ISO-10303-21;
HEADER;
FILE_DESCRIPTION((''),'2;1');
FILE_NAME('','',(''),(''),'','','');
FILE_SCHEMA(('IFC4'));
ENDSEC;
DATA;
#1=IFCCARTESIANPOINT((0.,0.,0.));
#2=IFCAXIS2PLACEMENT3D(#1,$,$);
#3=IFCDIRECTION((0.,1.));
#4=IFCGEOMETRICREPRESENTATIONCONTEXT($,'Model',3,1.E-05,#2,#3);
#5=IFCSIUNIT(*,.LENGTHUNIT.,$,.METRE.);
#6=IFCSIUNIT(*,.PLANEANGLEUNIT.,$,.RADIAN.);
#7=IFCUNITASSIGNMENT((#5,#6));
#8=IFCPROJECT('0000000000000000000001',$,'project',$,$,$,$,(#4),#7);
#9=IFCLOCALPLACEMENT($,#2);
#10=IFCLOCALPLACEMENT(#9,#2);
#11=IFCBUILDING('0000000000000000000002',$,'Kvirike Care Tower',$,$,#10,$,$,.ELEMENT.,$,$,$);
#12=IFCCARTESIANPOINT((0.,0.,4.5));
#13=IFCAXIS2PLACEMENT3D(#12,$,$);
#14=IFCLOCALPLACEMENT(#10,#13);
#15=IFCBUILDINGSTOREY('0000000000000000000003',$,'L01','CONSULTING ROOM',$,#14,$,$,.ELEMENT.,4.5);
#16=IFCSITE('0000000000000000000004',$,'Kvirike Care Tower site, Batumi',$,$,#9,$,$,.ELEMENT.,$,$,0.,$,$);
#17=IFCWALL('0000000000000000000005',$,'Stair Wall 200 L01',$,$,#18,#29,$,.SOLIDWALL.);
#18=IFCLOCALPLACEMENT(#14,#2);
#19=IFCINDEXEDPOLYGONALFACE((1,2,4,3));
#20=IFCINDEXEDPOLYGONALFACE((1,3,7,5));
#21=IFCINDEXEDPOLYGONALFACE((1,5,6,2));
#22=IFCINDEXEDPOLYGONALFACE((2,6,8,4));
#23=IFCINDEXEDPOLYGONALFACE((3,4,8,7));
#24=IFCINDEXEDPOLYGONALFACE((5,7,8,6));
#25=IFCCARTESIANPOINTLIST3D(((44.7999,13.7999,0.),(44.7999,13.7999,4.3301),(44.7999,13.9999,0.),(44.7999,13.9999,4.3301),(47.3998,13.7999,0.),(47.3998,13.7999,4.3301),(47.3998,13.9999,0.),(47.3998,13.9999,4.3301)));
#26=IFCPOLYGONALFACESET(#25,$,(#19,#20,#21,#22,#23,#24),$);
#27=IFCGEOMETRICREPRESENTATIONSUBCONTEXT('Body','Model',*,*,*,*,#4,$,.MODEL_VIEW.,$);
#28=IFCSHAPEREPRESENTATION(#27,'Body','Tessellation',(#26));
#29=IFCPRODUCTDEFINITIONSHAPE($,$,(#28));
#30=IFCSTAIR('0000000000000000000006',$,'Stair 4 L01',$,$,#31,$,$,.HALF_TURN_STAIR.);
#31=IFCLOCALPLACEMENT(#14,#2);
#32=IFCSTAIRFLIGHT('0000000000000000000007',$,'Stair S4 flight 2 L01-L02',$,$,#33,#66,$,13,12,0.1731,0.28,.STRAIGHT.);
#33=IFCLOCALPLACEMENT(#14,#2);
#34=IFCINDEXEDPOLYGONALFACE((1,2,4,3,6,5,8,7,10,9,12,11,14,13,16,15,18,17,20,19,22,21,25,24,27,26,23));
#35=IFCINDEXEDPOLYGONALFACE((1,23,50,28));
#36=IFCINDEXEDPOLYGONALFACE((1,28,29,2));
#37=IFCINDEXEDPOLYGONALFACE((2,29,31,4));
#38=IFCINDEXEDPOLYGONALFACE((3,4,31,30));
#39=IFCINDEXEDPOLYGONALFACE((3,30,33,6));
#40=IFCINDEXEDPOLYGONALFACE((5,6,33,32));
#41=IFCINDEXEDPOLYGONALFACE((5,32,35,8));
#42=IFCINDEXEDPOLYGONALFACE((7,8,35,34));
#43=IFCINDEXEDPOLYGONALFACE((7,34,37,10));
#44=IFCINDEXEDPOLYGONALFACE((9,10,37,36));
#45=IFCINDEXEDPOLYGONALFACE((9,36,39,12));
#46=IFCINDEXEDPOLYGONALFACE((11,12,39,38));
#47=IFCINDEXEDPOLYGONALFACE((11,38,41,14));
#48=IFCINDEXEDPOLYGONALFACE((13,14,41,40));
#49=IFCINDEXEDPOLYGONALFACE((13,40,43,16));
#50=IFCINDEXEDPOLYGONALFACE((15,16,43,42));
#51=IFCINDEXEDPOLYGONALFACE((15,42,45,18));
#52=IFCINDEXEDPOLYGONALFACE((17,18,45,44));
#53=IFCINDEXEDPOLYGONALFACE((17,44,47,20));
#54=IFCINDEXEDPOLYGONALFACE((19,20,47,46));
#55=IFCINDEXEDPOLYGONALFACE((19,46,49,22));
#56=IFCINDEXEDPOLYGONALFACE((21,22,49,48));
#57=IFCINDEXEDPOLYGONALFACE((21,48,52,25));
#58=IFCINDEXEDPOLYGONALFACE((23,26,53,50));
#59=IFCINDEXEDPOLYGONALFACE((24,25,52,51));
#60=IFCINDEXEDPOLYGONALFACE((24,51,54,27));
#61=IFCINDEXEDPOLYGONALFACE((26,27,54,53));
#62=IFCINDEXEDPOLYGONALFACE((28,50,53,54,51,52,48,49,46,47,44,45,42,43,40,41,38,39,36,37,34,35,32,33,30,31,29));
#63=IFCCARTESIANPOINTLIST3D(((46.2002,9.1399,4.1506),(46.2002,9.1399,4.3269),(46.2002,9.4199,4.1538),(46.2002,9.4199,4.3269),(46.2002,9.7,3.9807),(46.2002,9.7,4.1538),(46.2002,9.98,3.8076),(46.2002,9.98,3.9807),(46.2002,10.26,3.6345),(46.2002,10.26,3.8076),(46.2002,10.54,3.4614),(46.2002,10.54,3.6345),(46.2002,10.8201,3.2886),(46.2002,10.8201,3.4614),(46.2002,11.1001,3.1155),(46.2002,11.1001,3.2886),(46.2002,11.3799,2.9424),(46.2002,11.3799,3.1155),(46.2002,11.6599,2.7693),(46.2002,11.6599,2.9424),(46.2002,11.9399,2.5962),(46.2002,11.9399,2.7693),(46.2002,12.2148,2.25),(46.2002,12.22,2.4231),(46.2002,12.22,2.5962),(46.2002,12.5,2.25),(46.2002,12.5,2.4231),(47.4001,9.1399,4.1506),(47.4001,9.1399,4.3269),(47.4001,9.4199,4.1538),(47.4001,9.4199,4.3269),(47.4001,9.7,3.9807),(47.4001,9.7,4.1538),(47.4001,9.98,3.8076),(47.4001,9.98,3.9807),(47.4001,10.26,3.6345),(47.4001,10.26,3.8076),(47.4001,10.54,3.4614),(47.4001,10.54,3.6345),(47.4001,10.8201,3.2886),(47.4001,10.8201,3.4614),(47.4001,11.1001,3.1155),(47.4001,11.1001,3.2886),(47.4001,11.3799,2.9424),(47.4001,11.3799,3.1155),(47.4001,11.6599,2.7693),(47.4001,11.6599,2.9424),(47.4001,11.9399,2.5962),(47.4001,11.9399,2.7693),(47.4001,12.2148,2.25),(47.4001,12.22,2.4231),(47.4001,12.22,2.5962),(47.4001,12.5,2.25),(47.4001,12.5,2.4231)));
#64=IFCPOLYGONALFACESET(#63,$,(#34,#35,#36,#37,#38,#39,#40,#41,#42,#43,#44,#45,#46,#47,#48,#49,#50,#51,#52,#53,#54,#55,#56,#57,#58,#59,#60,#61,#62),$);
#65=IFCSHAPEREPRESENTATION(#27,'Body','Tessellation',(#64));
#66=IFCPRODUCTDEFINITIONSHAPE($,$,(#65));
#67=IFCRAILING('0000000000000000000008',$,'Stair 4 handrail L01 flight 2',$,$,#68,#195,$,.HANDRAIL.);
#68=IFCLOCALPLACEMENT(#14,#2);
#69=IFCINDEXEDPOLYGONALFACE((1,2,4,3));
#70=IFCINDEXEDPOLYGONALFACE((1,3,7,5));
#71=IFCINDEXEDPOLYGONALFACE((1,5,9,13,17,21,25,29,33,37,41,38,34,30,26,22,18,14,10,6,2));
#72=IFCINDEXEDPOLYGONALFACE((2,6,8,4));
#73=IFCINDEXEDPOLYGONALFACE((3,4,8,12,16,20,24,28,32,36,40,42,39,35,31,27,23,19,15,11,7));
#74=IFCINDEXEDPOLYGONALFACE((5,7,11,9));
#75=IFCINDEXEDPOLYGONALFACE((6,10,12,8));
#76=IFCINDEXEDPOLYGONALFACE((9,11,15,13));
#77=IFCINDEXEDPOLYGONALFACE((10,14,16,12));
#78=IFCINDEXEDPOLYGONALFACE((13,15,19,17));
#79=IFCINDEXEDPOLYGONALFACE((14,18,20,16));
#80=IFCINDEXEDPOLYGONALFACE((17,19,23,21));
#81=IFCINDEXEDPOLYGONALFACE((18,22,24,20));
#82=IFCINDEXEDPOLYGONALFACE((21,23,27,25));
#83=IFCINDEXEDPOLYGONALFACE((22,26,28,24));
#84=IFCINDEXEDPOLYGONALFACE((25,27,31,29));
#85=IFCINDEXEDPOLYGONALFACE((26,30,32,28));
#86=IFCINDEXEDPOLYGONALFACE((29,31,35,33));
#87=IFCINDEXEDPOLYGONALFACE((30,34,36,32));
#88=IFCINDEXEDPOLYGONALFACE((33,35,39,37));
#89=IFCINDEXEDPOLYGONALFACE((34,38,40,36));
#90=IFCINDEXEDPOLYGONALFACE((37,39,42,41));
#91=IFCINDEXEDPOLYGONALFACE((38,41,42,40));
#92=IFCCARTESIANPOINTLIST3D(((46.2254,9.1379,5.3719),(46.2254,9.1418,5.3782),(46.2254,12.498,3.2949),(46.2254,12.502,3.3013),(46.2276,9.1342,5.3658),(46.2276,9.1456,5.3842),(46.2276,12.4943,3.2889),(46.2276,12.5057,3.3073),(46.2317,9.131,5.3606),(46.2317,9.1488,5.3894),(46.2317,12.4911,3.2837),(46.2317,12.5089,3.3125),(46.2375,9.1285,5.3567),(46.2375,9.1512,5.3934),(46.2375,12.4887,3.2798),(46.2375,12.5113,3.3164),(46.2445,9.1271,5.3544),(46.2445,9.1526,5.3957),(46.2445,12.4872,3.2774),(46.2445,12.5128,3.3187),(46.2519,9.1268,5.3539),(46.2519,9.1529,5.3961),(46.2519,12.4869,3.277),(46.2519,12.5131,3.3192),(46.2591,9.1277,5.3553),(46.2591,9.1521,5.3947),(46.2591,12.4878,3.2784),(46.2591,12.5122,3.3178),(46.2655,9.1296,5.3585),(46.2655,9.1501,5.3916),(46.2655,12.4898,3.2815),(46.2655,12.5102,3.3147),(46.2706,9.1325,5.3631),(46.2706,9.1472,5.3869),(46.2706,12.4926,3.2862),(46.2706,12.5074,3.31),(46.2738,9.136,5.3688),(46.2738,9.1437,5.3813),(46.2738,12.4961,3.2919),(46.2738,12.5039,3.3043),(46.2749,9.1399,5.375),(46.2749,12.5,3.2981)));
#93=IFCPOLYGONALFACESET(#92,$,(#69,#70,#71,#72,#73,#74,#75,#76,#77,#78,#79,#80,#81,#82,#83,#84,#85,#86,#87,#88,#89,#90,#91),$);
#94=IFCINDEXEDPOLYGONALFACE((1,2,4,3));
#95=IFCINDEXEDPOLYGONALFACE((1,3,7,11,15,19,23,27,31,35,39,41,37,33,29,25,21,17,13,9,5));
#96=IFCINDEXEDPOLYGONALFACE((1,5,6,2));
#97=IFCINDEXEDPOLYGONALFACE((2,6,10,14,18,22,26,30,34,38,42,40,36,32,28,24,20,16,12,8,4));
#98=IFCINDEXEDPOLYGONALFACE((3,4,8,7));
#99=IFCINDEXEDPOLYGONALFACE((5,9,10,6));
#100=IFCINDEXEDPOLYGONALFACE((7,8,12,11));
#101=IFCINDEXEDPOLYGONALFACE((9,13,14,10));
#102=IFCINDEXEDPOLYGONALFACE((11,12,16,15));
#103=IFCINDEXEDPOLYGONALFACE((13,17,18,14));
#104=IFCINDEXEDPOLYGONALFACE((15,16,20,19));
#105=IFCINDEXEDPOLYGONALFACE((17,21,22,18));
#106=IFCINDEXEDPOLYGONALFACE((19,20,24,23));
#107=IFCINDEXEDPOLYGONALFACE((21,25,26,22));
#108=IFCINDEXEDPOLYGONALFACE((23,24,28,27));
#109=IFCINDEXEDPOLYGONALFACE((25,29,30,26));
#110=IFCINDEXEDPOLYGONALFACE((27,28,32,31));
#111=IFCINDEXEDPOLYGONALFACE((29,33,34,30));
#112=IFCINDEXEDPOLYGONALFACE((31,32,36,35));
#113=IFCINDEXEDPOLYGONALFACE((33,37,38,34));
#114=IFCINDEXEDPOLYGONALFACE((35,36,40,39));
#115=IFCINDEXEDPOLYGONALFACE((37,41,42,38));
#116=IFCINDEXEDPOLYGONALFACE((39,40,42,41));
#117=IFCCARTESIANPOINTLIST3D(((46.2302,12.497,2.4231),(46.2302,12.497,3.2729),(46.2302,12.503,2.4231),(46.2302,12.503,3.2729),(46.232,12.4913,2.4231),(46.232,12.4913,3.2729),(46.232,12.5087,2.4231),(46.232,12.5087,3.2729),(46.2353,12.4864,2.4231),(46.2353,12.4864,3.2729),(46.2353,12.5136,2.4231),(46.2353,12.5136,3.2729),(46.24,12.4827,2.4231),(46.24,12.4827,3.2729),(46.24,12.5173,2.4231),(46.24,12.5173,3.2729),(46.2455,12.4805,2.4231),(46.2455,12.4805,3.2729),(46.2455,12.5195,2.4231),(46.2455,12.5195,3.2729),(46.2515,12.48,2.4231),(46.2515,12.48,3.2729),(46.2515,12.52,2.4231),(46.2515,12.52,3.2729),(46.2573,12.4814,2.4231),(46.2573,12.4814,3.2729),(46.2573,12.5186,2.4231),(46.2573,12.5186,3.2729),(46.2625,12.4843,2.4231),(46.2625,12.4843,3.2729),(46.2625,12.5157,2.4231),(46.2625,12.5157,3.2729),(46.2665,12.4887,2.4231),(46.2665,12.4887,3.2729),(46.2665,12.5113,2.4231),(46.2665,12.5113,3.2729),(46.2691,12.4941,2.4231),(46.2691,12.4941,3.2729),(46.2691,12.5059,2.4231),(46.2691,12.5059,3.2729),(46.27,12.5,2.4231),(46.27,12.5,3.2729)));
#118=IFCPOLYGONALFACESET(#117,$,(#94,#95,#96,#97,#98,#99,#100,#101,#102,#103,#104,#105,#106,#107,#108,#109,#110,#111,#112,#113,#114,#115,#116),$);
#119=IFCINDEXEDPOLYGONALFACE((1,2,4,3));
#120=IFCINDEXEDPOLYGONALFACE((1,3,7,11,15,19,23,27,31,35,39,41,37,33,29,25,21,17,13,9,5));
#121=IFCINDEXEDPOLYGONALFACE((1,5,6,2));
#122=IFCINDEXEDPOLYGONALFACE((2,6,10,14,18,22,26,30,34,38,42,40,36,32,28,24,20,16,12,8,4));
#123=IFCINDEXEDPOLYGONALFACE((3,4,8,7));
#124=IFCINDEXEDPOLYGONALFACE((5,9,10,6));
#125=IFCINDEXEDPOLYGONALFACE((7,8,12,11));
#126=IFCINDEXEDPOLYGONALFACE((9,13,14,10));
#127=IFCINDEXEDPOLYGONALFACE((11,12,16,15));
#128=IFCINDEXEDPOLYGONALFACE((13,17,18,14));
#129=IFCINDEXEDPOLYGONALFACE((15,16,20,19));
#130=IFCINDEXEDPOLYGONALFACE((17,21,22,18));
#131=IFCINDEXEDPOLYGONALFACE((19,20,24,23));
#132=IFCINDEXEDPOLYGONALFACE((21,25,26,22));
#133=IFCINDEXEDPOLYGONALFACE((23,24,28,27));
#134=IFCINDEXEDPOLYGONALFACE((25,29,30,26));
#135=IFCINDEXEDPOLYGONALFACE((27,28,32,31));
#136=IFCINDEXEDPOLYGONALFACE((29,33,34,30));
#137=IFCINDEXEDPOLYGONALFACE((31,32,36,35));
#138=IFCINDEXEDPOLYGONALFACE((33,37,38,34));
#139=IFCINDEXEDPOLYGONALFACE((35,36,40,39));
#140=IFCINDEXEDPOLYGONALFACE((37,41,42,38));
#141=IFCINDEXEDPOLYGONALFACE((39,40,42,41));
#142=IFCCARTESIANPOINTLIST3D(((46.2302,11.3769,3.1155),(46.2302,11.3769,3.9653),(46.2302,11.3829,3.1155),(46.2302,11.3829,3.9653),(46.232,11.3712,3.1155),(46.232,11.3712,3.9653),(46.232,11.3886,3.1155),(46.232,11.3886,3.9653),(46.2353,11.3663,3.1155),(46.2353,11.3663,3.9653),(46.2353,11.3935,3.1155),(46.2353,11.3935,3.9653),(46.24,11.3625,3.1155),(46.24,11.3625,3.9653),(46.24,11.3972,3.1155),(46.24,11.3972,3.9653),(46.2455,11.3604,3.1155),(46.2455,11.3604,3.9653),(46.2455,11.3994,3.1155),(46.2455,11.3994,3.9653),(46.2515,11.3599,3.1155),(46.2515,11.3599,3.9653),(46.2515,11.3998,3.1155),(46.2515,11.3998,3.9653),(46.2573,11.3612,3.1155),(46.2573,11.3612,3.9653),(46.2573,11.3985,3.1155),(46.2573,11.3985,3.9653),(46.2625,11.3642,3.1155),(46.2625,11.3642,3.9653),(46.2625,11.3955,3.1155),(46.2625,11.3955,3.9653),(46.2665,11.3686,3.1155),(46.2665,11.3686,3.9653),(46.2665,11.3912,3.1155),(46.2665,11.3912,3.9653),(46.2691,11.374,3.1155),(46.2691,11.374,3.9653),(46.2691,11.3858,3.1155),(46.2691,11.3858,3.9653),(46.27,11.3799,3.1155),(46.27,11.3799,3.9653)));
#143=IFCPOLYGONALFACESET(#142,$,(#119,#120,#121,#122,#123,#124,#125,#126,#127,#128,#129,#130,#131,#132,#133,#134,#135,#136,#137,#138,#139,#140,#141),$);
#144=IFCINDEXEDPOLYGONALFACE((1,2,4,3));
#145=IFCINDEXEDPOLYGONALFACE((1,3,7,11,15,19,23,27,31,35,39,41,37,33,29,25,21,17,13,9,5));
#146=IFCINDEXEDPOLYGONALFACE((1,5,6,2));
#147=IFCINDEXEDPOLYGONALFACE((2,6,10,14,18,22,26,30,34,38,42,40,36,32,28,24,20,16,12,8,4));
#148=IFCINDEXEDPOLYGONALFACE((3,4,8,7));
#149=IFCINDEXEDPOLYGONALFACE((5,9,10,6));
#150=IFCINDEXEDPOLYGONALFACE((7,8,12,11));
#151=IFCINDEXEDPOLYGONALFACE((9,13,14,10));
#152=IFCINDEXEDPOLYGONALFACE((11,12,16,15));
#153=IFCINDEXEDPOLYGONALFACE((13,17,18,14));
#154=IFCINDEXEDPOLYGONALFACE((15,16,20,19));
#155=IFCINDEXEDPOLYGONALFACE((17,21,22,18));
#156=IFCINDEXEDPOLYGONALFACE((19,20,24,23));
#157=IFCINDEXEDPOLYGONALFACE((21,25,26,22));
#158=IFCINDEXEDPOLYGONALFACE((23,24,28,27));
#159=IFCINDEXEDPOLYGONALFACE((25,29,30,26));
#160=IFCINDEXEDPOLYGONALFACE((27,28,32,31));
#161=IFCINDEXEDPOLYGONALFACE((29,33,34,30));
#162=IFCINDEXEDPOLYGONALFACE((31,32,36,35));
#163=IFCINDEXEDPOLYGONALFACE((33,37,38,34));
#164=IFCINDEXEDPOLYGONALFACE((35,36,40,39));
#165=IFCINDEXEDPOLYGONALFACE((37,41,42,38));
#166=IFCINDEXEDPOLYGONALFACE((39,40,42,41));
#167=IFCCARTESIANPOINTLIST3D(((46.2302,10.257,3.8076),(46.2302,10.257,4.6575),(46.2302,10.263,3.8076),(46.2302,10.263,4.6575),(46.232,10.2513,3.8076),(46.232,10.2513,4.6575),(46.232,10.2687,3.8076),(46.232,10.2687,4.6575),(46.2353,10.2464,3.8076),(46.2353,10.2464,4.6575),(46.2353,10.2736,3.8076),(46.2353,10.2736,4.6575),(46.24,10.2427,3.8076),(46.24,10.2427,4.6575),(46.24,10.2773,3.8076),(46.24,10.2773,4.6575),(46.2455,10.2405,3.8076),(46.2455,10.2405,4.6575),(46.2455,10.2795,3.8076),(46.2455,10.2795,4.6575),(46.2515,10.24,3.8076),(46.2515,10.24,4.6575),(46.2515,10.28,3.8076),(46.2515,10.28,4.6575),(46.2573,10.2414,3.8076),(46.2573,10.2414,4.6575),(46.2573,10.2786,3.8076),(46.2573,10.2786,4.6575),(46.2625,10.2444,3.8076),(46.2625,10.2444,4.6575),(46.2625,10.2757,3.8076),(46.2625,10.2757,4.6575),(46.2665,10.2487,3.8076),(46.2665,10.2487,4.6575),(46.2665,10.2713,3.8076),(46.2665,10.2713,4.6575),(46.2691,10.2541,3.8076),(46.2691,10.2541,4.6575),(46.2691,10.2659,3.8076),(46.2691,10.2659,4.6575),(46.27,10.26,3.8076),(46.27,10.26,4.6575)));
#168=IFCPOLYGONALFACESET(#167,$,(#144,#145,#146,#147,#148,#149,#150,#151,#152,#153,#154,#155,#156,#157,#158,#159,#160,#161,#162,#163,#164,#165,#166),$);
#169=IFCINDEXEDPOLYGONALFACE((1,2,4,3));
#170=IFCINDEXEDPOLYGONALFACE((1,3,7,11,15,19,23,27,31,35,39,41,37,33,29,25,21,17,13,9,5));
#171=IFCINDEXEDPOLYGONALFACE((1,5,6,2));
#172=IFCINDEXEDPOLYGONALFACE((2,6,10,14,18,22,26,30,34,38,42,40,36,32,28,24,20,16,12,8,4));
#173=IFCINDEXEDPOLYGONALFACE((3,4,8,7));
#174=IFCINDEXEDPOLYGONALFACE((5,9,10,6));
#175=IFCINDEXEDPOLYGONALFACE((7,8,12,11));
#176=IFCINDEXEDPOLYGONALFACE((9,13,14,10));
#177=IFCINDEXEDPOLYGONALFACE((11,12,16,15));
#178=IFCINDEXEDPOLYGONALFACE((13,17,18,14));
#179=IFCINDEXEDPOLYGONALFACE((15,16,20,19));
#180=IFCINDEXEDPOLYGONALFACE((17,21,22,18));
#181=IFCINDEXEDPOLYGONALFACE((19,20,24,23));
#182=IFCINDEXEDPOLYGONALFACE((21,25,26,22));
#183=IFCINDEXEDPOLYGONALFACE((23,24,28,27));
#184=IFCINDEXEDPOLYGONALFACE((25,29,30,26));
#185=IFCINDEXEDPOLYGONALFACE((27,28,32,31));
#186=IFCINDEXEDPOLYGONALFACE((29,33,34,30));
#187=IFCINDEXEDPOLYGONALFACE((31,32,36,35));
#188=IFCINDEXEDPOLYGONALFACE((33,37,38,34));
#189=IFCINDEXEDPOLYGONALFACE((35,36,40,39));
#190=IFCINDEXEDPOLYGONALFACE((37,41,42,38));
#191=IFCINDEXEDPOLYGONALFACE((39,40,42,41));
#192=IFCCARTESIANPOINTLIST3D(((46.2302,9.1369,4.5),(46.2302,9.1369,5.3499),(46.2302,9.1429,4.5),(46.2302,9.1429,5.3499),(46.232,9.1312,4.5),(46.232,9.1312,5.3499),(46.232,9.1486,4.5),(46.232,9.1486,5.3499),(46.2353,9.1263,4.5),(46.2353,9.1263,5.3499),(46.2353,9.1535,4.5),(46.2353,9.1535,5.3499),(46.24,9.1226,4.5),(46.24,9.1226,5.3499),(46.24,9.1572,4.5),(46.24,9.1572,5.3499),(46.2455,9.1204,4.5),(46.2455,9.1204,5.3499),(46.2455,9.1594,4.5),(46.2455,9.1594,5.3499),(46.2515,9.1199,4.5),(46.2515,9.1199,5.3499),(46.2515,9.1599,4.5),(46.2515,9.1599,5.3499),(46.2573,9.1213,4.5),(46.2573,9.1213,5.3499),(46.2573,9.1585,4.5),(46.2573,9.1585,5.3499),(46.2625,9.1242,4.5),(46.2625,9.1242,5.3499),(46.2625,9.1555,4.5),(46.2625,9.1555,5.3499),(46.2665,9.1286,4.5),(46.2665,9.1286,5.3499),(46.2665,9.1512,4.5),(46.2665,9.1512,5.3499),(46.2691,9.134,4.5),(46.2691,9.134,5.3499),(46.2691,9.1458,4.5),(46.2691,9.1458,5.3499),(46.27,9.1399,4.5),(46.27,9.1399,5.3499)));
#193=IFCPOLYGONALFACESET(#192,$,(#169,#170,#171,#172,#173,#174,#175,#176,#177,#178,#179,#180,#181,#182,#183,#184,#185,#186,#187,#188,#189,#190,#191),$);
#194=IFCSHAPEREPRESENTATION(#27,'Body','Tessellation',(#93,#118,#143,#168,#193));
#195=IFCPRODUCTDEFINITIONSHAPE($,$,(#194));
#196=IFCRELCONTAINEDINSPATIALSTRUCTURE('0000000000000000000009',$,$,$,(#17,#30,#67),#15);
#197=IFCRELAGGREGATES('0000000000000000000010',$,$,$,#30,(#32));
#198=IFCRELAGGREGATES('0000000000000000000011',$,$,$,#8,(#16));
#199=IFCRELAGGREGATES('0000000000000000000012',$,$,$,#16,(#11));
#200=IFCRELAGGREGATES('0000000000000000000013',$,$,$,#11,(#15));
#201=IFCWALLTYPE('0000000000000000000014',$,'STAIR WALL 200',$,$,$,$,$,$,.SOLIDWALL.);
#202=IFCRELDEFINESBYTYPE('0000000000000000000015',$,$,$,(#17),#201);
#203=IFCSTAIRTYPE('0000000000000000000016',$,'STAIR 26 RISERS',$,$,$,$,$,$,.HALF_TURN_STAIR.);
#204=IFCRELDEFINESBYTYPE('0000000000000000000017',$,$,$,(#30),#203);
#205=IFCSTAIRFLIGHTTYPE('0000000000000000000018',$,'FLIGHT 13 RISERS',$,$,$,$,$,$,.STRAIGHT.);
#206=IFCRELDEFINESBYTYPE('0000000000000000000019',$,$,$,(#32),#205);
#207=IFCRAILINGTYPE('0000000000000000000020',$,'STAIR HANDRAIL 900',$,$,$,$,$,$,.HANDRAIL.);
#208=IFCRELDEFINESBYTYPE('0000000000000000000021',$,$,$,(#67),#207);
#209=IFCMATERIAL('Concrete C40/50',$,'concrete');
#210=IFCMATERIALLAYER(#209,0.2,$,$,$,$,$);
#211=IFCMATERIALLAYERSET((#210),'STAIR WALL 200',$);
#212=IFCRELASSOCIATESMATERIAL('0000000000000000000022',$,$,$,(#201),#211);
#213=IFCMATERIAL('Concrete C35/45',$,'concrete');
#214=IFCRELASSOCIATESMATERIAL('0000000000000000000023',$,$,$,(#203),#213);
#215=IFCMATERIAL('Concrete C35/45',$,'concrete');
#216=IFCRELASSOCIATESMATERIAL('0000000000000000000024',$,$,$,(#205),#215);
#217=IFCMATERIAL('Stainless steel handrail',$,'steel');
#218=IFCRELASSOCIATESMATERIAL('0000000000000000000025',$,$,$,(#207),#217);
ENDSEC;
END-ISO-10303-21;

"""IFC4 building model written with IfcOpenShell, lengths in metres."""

from ifc_helpers import new_model, si_unit, direction, frame, frame_2d, origin, origin_2d, place, context, subcontext, project, spatial, polyline, rectangle, circle, outline, extrude, material, layer, layer_set, type_object, element, aggregate, save


model = new_model("IFC4")

# Units and contexts
model_context = context("Model", 3, precision=1e-05, world=origin(), true_north=direction((0.0, 1.0)))
body_context = subcontext(model_context, "Body", "Model", "MODEL_VIEW")
ifc_project = project(units=[si_unit("LENGTHUNIT", "METRE"), si_unit("PLANEANGLEUNIT", "RADIAN")], contexts=[model_context])

# Site, building, storey
site_placement = place(None, origin())
site = spatial("IfcSite", under=ifc_project, at=site_placement, Name="Kvirike Care Tower site, Batumi", CompositionType="ELEMENT", RefElevation=0.0)
building_placement = place(site_placement, origin())
building = spatial("IfcBuilding", under=site, at=building_placement, Name="Kvirike Care Tower", CompositionType="ELEMENT")
storey_placement = place(building_placement, frame((0.0, 0.0, 4.5)))
storey = spatial("IfcBuildingStorey", under=building, at=storey_placement, Name="L01", Description="CONSULTING ROOM", CompositionType="ELEMENT", Elevation=4.5)

# Wall
ifc_material_1 = material(Name="Concrete C40/50", Category="concrete")
ifc_layer_1 = layer(ifc_material_1, 0.2)
ifc_layer_set_1 = layer_set([ifc_layer_1], Name="STAIR WALL 200")
wall_type = type_object("IfcWallType", Name="STAIR WALL 200", PredefinedType="SOLIDWALL", material=ifc_layer_set_1)
wall_1_placement = place(storey_placement, frame((44.8, 13.8999, 0.0), z_axis=(0.0, 0.0, 1.0), x_axis=(1.0, 0.0, 0.0)))
element("IfcWall", 1, at=wall_1_placement, inside=storey, type_object=wall_type, Name="Stair Wall 200 L01", PredefinedType="SOLIDWALL", context=body_context, shape_type="SweptSolid", body=[
    extrude(rectangle(XDim=2.5999, YDim=0.2, at=frame_2d((1.2998, 0.0))), origin(), (0.0, 0.0, 1.0), 4.3301),
])

# Stair, stair flight
ifc_material_2 = material(Name="Concrete C35/45", Category="concrete")
stair_type = type_object("IfcStairType", Name="STAIR 26 RISERS", PredefinedType="HALF_TURN_STAIR", material=ifc_material_2)
stair_placement = place(storey_placement, origin())
stair = element("IfcStair", 2, at=stair_placement, inside=storey, type_object=stair_type, Name="Stair 4 L01", PredefinedType="HALF_TURN_STAIR")
ifc_material_3 = material(Name="Concrete C35/45", Category="concrete")
stair_flight_type = type_object("IfcStairFlightType", Name="FLIGHT 13 RISERS", PredefinedType="STRAIGHT", material=ifc_material_3)
stair_flight_placement = place(storey_placement, frame((46.8, 12.5, 2.25), z_axis=(0.0, 0.0, 1.0), x_axis=(0.0, -1.0, 0.0)))
stair_flight = element("IfcStairFlight", 3, at=stair_flight_placement, type_object=stair_flight_type, Name="Stair S4 flight 2 L01-L02", NumberOfRisers=13, NumberOfTreads=12, PredefinedType="STRAIGHT", RiserHeight=0.1731, TreadLength=0.28, context=body_context, shape_type="SweptSolid", body=[
    extrude(outline(polyline([(0.0, 0.0), (0.0, 0.1731), (0.28, 0.1731), (0.28, 0.3462), (0.5601, 0.3462), (0.5601, 0.5193), (0.8401, 0.5193), (0.8401, 0.6924), (1.1201, 0.6924), (1.1201, 0.8655), (1.3999, 0.8655), (1.3999, 1.0386), (1.6799, 1.0386), (1.6799, 1.2114), (1.96, 1.2114), (1.96, 1.3845), (2.24, 1.3845), (2.24, 1.5576), (2.52, 1.5576), (2.52, 1.7307), (2.8, 1.7307), (2.8, 1.9038), (3.0801, 1.9038), (3.0801, 2.0769), (3.3601, 2.0769), (3.3601, 2.25), (3.3601, 1.9006), (0.2852, 0.0), (0.0, 0.0)])), frame((0.0, 0.6001, 0.0), z_axis=(0.0, -1.0, 0.0), x_axis=(1.0, 0.0, 0.0)), (0.0, 0.0, 1.0), 1.2),
])
aggregate(stair, [stair_flight])

# Railing
ifc_material_4 = material(Name="Stainless steel handrail", Category="steel")
railing_type = type_object("IfcRailingType", Name="STAIR HANDRAIL 900", PredefinedType="HANDRAIL", material=ifc_material_4)
railing_placement = place(storey_placement, frame((46.25, 12.5, 2.4231)))
element("IfcRailing", 4, at=railing_placement, inside=storey, type_object=railing_type, Name="Stair 4 handrail L01 flight 2", PredefinedType="HANDRAIL", context=body_context, shape_type="SweptSolid", body=[
    extrude(circle(Radius=0.0249, at=origin_2d()), frame((0.0, 0.0, 0.875), z_axis=(0.0, -0.850623, 0.525776), x_axis=(1.0, 0.0, 0.0)), (0.0, 0.0, 1.0), 3.9502),
    extrude(circle(Radius=0.02, at=origin_2d()), origin(), (0.0, 0.0, 1.0), 0.8499),
    extrude(circle(Radius=0.02, at=origin_2d()), frame((0.0, -1.1201, 0.6924)), (0.0, 0.0, 1.0), 0.8499),
    extrude(circle(Radius=0.02, at=origin_2d()), frame((0.0, -2.24, 1.3845)), (0.0, 0.0, 1.0), 0.8499),
    extrude(circle(Radius=0.02, at=origin_2d()), frame((0.0, -3.3601, 2.0769)), (0.0, 0.0, 1.0), 0.8499),
])

save(model, "model.ifc")
